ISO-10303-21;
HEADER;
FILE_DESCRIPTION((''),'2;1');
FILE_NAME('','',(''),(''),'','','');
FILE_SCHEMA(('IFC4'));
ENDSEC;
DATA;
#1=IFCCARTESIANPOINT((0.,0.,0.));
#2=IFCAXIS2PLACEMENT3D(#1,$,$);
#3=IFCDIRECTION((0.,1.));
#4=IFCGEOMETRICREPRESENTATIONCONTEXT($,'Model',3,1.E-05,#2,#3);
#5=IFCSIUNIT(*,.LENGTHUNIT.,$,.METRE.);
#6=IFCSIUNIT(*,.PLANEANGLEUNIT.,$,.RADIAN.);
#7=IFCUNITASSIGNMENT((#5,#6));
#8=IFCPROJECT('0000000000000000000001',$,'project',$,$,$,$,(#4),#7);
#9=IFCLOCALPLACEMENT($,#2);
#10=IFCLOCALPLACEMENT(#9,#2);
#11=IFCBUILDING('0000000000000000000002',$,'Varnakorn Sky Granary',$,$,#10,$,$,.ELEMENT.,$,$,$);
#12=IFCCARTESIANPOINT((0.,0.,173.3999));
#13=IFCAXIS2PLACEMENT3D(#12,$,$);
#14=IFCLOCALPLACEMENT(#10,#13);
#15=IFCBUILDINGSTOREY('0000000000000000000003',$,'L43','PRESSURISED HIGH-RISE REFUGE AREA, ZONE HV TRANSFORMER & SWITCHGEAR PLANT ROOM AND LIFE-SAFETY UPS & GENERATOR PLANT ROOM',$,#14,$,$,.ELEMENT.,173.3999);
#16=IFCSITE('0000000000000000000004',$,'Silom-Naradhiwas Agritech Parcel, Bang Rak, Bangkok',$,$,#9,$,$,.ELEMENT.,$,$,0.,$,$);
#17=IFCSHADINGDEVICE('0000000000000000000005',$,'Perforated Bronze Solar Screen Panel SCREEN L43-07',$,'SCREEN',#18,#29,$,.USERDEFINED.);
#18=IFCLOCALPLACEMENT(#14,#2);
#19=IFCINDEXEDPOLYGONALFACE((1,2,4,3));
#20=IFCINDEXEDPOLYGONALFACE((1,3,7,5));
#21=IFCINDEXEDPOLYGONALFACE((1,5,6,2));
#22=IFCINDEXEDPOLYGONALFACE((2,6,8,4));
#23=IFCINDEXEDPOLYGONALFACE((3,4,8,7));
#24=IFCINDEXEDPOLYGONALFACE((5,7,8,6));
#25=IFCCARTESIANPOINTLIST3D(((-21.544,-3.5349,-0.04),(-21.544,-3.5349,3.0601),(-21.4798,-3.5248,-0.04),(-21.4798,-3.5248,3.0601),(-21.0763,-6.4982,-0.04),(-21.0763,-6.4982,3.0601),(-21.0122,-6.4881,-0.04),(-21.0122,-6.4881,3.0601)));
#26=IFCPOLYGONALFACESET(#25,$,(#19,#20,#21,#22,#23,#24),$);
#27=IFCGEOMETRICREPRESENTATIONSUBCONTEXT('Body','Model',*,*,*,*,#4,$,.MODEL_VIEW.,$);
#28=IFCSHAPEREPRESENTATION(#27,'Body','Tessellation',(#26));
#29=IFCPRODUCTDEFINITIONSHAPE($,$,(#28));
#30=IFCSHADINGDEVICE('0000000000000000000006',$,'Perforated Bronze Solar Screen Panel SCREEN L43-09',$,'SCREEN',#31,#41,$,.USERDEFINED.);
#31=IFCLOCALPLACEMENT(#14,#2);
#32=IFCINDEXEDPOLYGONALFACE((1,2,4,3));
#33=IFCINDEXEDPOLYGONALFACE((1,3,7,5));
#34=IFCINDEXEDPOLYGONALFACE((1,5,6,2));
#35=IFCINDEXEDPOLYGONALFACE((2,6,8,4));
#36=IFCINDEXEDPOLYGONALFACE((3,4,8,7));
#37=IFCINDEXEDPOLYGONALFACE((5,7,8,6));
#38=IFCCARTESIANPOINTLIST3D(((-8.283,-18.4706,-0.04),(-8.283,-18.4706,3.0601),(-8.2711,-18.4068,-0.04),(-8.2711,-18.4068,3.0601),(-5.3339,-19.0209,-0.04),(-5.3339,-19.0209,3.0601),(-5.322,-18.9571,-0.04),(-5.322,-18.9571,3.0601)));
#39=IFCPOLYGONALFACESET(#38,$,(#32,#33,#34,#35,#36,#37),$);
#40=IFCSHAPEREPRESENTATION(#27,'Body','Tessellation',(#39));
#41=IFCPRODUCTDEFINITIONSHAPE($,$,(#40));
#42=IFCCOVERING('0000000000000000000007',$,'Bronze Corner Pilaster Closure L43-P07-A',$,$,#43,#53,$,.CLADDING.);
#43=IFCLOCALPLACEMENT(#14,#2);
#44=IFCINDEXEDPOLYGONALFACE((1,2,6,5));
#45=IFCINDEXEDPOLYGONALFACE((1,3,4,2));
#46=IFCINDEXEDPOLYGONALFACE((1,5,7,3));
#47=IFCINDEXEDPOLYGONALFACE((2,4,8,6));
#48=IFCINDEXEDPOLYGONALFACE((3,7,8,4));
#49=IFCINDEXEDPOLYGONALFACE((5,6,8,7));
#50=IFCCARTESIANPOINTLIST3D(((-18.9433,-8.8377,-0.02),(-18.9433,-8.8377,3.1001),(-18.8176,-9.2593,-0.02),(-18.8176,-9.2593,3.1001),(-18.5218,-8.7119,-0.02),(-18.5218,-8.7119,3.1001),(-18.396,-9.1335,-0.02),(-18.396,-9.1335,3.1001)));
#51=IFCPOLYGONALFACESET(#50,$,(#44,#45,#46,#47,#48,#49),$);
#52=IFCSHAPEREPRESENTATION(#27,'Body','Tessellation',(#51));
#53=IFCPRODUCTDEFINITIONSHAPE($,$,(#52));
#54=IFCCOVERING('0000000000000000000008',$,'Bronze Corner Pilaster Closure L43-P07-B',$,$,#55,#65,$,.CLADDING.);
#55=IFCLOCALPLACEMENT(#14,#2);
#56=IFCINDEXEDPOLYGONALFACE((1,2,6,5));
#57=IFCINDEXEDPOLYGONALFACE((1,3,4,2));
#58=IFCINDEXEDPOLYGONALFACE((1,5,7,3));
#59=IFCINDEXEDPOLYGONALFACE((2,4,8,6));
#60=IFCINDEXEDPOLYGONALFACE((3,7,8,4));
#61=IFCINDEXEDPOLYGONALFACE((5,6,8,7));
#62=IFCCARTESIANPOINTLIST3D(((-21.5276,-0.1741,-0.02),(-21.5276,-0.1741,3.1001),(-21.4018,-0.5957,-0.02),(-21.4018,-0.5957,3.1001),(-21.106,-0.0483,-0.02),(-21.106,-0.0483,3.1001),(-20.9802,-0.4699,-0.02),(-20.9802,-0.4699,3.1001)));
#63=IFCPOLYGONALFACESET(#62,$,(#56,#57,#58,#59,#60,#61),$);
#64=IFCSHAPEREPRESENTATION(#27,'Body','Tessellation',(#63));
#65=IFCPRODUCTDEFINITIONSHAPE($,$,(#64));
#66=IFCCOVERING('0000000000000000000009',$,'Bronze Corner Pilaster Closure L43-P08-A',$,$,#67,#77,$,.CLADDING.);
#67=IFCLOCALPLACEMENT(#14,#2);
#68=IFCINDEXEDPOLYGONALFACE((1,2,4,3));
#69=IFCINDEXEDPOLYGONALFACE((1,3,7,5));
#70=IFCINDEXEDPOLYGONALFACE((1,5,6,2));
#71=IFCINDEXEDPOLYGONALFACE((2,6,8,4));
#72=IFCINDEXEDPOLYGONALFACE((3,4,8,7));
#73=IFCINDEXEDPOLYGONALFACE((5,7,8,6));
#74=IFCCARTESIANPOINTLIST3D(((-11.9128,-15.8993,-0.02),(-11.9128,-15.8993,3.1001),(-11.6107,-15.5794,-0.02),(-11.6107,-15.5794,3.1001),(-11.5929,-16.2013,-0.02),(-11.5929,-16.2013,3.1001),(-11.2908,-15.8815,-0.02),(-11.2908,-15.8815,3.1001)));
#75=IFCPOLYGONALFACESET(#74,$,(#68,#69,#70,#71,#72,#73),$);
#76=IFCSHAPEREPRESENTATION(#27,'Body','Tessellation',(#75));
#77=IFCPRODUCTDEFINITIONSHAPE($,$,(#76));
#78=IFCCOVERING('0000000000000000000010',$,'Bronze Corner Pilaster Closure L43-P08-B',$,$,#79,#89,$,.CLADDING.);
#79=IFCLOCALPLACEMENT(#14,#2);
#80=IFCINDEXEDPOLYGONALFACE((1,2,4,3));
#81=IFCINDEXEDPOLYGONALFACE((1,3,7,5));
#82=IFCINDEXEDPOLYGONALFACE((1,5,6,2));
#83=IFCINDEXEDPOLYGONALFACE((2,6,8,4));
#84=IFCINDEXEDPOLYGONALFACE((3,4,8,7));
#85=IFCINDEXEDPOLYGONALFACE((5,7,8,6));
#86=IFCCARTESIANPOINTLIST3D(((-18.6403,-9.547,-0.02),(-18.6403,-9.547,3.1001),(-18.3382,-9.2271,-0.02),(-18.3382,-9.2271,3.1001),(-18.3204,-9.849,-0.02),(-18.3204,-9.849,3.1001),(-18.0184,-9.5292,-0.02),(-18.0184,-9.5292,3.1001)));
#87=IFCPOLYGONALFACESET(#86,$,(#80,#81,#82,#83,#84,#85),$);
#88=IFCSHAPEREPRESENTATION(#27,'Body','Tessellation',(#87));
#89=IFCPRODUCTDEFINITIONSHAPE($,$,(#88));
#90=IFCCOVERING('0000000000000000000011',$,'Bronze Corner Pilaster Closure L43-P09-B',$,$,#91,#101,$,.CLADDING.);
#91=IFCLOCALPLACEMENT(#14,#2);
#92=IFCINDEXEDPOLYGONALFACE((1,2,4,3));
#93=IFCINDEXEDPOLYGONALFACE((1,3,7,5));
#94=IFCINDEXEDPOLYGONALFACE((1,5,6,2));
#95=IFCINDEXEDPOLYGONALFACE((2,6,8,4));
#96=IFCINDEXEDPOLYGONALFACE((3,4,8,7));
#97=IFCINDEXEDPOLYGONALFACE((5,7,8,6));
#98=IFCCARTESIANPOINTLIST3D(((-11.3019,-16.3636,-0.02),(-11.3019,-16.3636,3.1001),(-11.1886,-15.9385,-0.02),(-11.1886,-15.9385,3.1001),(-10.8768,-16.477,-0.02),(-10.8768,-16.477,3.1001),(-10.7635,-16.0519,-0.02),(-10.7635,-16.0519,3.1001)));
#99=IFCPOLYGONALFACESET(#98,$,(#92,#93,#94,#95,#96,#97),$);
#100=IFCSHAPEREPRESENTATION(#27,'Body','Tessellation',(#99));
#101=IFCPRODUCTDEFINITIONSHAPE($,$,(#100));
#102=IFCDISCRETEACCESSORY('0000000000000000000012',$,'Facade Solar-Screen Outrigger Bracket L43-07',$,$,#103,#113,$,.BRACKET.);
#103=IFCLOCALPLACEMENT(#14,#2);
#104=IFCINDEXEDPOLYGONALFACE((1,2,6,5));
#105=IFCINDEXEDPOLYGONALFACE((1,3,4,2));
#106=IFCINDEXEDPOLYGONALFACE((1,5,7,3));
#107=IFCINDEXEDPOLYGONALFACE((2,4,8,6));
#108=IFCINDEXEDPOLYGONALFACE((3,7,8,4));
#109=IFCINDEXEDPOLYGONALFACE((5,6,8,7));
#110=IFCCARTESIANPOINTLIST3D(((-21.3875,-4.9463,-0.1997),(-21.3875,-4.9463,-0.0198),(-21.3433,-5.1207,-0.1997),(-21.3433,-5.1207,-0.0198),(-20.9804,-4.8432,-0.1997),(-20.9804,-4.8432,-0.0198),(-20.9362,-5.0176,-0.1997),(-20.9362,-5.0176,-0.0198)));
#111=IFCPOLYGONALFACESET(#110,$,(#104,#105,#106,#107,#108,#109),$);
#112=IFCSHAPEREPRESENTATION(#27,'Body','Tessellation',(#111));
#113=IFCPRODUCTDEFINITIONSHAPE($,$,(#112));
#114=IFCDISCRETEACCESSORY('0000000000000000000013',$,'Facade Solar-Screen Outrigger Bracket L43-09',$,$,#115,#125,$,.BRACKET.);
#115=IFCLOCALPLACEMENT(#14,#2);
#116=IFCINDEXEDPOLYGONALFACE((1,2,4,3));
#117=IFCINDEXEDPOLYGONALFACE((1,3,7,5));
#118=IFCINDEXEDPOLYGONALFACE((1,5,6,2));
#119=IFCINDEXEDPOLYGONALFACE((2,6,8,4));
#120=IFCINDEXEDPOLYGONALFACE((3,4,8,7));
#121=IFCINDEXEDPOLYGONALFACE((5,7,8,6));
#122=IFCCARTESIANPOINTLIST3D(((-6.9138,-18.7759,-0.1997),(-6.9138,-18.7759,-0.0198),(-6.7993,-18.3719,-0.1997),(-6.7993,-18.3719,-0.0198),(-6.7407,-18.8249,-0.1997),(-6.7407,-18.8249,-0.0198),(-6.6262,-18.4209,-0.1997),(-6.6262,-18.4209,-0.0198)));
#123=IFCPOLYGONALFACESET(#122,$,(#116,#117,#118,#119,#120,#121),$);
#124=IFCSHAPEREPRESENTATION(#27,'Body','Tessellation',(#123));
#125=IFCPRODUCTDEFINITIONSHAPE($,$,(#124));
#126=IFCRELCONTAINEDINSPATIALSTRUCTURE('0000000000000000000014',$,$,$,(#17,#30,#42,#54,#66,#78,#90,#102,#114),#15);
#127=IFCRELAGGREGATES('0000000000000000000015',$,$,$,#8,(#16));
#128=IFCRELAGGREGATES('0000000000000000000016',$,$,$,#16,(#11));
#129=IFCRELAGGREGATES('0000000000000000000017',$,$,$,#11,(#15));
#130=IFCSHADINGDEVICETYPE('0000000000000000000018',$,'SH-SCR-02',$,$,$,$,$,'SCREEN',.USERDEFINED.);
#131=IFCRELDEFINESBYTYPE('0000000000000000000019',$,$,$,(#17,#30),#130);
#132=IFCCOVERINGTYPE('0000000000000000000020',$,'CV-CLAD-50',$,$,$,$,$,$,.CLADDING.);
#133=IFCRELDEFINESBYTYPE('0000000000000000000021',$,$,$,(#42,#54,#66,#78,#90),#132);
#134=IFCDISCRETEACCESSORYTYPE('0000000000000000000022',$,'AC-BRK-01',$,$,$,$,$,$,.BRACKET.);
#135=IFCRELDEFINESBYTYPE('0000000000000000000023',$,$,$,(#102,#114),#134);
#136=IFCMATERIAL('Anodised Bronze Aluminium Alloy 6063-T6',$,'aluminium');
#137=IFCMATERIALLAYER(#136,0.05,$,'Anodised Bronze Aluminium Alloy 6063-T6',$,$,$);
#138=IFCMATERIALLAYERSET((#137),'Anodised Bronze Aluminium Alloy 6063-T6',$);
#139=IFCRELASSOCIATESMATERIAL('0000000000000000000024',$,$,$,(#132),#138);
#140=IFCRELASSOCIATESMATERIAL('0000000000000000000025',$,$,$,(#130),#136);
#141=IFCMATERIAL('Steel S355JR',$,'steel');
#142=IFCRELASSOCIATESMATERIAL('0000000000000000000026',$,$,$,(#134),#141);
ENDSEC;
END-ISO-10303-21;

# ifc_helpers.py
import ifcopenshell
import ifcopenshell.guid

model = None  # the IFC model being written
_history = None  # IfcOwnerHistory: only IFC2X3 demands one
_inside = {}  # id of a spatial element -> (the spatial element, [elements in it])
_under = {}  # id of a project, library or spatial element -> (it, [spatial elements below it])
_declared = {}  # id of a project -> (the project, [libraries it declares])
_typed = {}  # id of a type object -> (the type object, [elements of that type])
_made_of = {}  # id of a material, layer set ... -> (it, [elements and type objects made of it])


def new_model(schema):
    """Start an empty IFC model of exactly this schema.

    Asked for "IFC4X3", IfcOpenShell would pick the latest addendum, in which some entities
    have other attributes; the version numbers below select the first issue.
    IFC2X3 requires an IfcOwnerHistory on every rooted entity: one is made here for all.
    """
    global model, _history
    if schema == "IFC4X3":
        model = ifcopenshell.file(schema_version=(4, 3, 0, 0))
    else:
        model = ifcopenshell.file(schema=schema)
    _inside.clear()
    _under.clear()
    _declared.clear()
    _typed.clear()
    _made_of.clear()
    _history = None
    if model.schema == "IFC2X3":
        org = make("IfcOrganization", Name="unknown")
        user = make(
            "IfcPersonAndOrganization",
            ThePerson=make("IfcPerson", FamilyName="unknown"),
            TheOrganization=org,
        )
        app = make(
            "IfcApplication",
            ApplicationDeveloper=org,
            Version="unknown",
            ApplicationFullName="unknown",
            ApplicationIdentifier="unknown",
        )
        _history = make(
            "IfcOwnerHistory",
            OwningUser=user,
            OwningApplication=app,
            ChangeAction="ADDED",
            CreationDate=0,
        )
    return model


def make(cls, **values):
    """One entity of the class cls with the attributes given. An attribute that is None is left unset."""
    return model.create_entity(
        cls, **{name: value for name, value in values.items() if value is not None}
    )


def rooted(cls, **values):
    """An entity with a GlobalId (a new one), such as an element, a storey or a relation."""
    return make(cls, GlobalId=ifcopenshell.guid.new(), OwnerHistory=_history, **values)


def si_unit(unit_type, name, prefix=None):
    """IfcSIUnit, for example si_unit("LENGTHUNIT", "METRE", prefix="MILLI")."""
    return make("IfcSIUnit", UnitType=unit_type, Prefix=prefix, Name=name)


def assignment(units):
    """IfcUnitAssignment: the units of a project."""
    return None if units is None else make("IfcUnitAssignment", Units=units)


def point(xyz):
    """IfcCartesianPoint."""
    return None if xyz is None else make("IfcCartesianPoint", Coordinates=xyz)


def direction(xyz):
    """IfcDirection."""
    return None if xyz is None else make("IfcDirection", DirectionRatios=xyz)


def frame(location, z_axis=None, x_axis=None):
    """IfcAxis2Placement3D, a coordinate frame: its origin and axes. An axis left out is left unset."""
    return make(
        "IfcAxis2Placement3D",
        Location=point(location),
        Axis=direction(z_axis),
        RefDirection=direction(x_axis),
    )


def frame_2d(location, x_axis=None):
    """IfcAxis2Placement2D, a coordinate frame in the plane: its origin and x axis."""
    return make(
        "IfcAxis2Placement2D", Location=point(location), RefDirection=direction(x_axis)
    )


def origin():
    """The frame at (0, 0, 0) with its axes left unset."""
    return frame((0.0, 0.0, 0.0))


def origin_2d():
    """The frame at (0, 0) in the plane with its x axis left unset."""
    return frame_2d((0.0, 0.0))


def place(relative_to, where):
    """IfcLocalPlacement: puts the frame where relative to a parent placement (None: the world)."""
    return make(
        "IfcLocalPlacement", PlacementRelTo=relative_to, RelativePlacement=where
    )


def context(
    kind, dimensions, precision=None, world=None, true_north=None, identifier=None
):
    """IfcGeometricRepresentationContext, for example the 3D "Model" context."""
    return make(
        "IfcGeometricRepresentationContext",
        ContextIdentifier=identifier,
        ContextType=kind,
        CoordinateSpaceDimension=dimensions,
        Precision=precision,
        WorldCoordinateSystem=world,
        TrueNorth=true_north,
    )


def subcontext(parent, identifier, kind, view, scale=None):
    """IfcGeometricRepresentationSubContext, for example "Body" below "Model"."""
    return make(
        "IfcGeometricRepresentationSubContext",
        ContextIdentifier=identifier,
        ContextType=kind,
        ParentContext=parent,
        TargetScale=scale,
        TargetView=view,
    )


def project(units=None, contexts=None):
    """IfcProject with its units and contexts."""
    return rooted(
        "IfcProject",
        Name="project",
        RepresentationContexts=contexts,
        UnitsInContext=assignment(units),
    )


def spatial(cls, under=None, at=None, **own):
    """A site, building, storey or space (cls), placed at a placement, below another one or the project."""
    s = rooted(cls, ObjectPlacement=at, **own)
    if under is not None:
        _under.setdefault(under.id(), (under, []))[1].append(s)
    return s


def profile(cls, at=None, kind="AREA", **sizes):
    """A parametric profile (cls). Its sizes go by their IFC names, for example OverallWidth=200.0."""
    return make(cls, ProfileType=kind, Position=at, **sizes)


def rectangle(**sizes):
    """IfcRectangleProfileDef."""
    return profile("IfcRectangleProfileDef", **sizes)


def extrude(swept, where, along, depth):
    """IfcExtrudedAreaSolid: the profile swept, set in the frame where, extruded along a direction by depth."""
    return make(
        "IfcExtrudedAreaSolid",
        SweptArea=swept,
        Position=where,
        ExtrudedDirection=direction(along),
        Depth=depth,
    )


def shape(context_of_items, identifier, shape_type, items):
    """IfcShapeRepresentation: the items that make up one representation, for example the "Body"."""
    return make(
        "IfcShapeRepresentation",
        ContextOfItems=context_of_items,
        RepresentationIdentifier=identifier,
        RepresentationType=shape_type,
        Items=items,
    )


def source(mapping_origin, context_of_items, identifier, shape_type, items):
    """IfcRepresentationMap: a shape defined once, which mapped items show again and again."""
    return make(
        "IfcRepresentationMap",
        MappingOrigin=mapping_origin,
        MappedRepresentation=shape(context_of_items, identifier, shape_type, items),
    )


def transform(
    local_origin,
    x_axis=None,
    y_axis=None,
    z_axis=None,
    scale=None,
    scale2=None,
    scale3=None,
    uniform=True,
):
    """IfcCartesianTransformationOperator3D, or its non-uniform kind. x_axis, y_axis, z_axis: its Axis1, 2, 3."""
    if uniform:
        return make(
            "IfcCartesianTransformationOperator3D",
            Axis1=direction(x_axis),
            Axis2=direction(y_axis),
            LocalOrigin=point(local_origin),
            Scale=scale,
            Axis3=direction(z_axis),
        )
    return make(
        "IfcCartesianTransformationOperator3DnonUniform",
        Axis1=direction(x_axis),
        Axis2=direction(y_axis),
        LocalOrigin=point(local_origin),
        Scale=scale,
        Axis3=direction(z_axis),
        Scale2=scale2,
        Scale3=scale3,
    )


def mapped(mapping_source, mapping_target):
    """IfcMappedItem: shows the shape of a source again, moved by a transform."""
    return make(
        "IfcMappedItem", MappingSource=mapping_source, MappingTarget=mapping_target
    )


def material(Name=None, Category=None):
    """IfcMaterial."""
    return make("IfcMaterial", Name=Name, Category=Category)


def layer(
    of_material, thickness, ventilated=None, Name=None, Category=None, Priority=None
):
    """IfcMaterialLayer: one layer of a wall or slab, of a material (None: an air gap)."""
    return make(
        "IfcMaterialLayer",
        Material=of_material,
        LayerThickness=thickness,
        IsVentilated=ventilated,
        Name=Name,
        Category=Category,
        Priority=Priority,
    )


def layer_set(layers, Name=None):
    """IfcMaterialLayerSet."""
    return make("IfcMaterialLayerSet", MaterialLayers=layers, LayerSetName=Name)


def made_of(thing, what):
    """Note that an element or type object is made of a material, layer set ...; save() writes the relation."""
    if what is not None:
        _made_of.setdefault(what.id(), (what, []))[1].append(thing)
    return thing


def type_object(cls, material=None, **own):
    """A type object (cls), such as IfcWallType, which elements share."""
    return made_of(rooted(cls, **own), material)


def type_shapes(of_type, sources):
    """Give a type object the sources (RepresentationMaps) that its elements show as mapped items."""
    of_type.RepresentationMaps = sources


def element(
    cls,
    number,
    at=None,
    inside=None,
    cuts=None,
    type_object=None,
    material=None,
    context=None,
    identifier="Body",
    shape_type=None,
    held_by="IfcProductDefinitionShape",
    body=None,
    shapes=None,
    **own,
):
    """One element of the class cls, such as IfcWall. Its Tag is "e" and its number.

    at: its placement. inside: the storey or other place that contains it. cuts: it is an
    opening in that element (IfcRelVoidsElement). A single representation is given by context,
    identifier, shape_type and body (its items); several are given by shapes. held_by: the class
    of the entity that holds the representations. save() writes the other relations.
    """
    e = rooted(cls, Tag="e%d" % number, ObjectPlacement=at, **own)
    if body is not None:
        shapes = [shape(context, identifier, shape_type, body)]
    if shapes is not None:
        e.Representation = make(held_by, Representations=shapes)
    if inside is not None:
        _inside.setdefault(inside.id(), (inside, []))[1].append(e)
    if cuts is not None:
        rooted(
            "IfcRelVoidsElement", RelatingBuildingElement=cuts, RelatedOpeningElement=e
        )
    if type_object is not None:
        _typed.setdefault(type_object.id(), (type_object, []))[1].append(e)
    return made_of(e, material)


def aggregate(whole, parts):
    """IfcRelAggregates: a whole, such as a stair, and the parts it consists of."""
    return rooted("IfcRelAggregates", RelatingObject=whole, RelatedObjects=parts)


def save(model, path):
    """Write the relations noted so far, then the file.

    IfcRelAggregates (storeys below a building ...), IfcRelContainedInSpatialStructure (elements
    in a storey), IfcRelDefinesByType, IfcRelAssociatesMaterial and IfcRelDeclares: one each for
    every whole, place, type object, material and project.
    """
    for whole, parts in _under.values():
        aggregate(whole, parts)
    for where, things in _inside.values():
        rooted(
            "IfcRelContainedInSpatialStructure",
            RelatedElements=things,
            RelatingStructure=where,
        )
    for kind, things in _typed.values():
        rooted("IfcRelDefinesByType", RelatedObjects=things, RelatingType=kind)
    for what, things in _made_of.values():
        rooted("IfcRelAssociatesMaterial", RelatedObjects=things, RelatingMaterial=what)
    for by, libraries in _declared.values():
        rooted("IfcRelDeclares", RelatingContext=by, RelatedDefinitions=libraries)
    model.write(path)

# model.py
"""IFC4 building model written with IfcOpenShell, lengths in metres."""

from ifc_helpers import new_model, si_unit, direction, frame, origin, origin_2d, place, context, subcontext, project, spatial, rectangle, extrude, source, transform, mapped, material, layer, layer_set, type_object, type_shapes, element, save


model = new_model("IFC4")

# Units and contexts
model_context = context("Model", 3, precision=1e-05, world=origin(), true_north=direction((0.0, 1.0)))
body_context = subcontext(model_context, "Body", "Model", "MODEL_VIEW")
ifc_project = project(units=[si_unit("LENGTHUNIT", "METRE"), si_unit("PLANEANGLEUNIT", "RADIAN")], contexts=[model_context])

# Site, building, storey
site_placement = place(None, origin())
site = spatial("IfcSite", under=ifc_project, at=site_placement, Name="Silom-Naradhiwas Agritech Parcel, Bang Rak, Bangkok", CompositionType="ELEMENT", RefElevation=0.0)
building_placement = place(site_placement, origin())
building = spatial("IfcBuilding", under=site, at=building_placement, Name="Varnakorn Sky Granary", CompositionType="ELEMENT")
storey_placement = place(building_placement, frame((0.0, 0.0, 173.3999)))
storey = spatial("IfcBuildingStorey", under=building, at=storey_placement, Name="L43", Description="PRESSURISED HIGH-RISE REFUGE AREA, ZONE HV TRANSFORMER & SWITCHGEAR PLANT ROOM AND LIFE-SAFETY UPS & GENERATOR PLANT ROOM", CompositionType="ELEMENT", Elevation=173.3999)

# Shared definitions
ifc_material_1 = material(Name="Steel S355JR", Category="steel")

# Shared definitions
ifc_material_2 = material(Name="Anodised Bronze Aluminium Alloy 6063-T6", Category="aluminium")
ifc_layer_1 = layer(ifc_material_2, 0.05, Name="Anodised Bronze Aluminium Alloy 6063-T6")
ifc_layer_set_1 = layer_set([ifc_layer_1], Name="Anodised Bronze Aluminium Alloy 6063-T6")
covering_type = type_object("IfcCoveringType", Name="CV-CLAD-50", PredefinedType="CLADDING", material=ifc_layer_set_1)

# Shading devices
shading_device_type = type_object("IfcShadingDeviceType", Name="SH-SCR-02", ElementType="SCREEN", PredefinedType="USERDEFINED", material=ifc_material_2)
shared_shape_1 = source(origin(), body_context, "Body", "SweptSolid", [
    extrude(rectangle(XDim=3.0, YDim=0.0649, at=origin_2d()), origin(), (0.0, 0.0, 1.0), 3.1001),
])
type_shapes(shading_device_type, [shared_shape_1])
for number, where, z_axis, x_axis, name in (
    (1, (-21.2781, -5.0115, -0.04), (0.0, 0.0, 1.0), (0.155892, -0.987774, 0.0), "Perforated Bronze Solar Screen Panel SCREEN L43-07"),
    (2, (-6.8025, -18.7139, -0.04), (0.0, 0.0, 1.0), (0.983031, -0.18344, 0.0), "Perforated Bronze Solar Screen Panel SCREEN L43-09"),
):
    element("IfcShadingDevice", number, at=place(storey_placement, frame(where, z_axis=z_axis, x_axis=x_axis)), inside=storey, type_object=shading_device_type, Name=name, ObjectType="SCREEN", PredefinedType="USERDEFINED", context=body_context, shape_type="MappedRepresentation", body=[
        mapped(shared_shape_1, transform((0.0, 0.0, 0.0), x_axis=(1.0, 0.0, 0.0), y_axis=(0.0, 1.0, 0.0), z_axis=(0.0, 0.0, 1.0), scale=1.0)),
    ])

# Coverings
shared_shape_2 = source(origin(), body_context, "Body", "SweptSolid", [
    extrude(rectangle(XDim=0.4399, YDim=0.4399, at=origin_2d()), origin(), (0.0, 0.0, 1.0), 3.1201),
])
for number, where, z_axis, x_axis, name in (
    (3, (-18.6697, -8.9856, -0.02), (0.0, 0.0, 1.0), (-0.285856, 0.958273, 0.0), "Bronze Corner Pilaster Closure L43-P07-A"),
    (4, (-21.2539, -0.322, -0.02), (0.0, 0.0, 1.0), (-0.285856, 0.958273, 0.0), "Bronze Corner Pilaster Closure L43-P07-B"),
    (5, (-11.6018, -15.8904, -0.02), (0.0, 0.0, 1.0), (-0.727054, 0.68658, 0.0), "Bronze Corner Pilaster Closure L43-P08-A"),
    (6, (-18.3293, -9.5381, -0.02), (0.0, 0.0, 1.0), (-0.727054, 0.68658, 0.0), "Bronze Corner Pilaster Closure L43-P08-B"),
    (7, (-11.0327, -16.2078, -0.02), (0.0, 0.0, 1.0), (-0.966241, 0.257639, 0.0), "Bronze Corner Pilaster Closure L43-P09-B"),
):
    element("IfcCovering", number, at=place(storey_placement, frame(where, z_axis=z_axis, x_axis=x_axis)), inside=storey, type_object=covering_type, Name=name, PredefinedType="CLADDING", context=body_context, shape_type="MappedRepresentation", body=[
        mapped(shared_shape_2, transform((0.0, 0.0, 0.0), x_axis=(1.0, 0.0, 0.0), y_axis=(0.0, 1.0, 0.0), z_axis=(0.0, 0.0, 1.0), scale=1.0)),
    ])

# Discrete accessories
discrete_accessory_type = type_object("IfcDiscreteAccessoryType", Name="AC-BRK-01", PredefinedType="BRACKET", material=ifc_material_1)
shared_shape_3 = source(origin(), body_context, "Body", "SweptSolid", [
    extrude(rectangle(XDim=0.1799, YDim=0.4199, at=origin_2d()), origin(), (0.0, 0.0, 1.0), 0.1799),
])
type_shapes(discrete_accessory_type, [shared_shape_3])
for number, where, z_axis, x_axis, name in (
    (8, (-21.1619, -4.9819, -0.1997), (0.0, 0.0, 1.0), (0.245621, -0.969366, 0.0), "Facade Solar-Screen Outrigger Bracket L43-07"),
    (9, (-6.77, -18.5984, -0.1997), (0.0, 0.0, 1.0), (0.962122, -0.272619, 0.0), "Facade Solar-Screen Outrigger Bracket L43-09"),
):
    element("IfcDiscreteAccessory", number, at=place(storey_placement, frame(where, z_axis=z_axis, x_axis=x_axis)), inside=storey, type_object=discrete_accessory_type, Name=name, PredefinedType="BRACKET", context=body_context, shape_type="MappedRepresentation", body=[
        mapped(shared_shape_3, transform((0.0, 0.0, 0.0), x_axis=(1.0, 0.0, 0.0), y_axis=(0.0, 1.0, 0.0), z_axis=(0.0, 0.0, 1.0), scale=1.0)),
    ])

save(model, "model.ifc")
